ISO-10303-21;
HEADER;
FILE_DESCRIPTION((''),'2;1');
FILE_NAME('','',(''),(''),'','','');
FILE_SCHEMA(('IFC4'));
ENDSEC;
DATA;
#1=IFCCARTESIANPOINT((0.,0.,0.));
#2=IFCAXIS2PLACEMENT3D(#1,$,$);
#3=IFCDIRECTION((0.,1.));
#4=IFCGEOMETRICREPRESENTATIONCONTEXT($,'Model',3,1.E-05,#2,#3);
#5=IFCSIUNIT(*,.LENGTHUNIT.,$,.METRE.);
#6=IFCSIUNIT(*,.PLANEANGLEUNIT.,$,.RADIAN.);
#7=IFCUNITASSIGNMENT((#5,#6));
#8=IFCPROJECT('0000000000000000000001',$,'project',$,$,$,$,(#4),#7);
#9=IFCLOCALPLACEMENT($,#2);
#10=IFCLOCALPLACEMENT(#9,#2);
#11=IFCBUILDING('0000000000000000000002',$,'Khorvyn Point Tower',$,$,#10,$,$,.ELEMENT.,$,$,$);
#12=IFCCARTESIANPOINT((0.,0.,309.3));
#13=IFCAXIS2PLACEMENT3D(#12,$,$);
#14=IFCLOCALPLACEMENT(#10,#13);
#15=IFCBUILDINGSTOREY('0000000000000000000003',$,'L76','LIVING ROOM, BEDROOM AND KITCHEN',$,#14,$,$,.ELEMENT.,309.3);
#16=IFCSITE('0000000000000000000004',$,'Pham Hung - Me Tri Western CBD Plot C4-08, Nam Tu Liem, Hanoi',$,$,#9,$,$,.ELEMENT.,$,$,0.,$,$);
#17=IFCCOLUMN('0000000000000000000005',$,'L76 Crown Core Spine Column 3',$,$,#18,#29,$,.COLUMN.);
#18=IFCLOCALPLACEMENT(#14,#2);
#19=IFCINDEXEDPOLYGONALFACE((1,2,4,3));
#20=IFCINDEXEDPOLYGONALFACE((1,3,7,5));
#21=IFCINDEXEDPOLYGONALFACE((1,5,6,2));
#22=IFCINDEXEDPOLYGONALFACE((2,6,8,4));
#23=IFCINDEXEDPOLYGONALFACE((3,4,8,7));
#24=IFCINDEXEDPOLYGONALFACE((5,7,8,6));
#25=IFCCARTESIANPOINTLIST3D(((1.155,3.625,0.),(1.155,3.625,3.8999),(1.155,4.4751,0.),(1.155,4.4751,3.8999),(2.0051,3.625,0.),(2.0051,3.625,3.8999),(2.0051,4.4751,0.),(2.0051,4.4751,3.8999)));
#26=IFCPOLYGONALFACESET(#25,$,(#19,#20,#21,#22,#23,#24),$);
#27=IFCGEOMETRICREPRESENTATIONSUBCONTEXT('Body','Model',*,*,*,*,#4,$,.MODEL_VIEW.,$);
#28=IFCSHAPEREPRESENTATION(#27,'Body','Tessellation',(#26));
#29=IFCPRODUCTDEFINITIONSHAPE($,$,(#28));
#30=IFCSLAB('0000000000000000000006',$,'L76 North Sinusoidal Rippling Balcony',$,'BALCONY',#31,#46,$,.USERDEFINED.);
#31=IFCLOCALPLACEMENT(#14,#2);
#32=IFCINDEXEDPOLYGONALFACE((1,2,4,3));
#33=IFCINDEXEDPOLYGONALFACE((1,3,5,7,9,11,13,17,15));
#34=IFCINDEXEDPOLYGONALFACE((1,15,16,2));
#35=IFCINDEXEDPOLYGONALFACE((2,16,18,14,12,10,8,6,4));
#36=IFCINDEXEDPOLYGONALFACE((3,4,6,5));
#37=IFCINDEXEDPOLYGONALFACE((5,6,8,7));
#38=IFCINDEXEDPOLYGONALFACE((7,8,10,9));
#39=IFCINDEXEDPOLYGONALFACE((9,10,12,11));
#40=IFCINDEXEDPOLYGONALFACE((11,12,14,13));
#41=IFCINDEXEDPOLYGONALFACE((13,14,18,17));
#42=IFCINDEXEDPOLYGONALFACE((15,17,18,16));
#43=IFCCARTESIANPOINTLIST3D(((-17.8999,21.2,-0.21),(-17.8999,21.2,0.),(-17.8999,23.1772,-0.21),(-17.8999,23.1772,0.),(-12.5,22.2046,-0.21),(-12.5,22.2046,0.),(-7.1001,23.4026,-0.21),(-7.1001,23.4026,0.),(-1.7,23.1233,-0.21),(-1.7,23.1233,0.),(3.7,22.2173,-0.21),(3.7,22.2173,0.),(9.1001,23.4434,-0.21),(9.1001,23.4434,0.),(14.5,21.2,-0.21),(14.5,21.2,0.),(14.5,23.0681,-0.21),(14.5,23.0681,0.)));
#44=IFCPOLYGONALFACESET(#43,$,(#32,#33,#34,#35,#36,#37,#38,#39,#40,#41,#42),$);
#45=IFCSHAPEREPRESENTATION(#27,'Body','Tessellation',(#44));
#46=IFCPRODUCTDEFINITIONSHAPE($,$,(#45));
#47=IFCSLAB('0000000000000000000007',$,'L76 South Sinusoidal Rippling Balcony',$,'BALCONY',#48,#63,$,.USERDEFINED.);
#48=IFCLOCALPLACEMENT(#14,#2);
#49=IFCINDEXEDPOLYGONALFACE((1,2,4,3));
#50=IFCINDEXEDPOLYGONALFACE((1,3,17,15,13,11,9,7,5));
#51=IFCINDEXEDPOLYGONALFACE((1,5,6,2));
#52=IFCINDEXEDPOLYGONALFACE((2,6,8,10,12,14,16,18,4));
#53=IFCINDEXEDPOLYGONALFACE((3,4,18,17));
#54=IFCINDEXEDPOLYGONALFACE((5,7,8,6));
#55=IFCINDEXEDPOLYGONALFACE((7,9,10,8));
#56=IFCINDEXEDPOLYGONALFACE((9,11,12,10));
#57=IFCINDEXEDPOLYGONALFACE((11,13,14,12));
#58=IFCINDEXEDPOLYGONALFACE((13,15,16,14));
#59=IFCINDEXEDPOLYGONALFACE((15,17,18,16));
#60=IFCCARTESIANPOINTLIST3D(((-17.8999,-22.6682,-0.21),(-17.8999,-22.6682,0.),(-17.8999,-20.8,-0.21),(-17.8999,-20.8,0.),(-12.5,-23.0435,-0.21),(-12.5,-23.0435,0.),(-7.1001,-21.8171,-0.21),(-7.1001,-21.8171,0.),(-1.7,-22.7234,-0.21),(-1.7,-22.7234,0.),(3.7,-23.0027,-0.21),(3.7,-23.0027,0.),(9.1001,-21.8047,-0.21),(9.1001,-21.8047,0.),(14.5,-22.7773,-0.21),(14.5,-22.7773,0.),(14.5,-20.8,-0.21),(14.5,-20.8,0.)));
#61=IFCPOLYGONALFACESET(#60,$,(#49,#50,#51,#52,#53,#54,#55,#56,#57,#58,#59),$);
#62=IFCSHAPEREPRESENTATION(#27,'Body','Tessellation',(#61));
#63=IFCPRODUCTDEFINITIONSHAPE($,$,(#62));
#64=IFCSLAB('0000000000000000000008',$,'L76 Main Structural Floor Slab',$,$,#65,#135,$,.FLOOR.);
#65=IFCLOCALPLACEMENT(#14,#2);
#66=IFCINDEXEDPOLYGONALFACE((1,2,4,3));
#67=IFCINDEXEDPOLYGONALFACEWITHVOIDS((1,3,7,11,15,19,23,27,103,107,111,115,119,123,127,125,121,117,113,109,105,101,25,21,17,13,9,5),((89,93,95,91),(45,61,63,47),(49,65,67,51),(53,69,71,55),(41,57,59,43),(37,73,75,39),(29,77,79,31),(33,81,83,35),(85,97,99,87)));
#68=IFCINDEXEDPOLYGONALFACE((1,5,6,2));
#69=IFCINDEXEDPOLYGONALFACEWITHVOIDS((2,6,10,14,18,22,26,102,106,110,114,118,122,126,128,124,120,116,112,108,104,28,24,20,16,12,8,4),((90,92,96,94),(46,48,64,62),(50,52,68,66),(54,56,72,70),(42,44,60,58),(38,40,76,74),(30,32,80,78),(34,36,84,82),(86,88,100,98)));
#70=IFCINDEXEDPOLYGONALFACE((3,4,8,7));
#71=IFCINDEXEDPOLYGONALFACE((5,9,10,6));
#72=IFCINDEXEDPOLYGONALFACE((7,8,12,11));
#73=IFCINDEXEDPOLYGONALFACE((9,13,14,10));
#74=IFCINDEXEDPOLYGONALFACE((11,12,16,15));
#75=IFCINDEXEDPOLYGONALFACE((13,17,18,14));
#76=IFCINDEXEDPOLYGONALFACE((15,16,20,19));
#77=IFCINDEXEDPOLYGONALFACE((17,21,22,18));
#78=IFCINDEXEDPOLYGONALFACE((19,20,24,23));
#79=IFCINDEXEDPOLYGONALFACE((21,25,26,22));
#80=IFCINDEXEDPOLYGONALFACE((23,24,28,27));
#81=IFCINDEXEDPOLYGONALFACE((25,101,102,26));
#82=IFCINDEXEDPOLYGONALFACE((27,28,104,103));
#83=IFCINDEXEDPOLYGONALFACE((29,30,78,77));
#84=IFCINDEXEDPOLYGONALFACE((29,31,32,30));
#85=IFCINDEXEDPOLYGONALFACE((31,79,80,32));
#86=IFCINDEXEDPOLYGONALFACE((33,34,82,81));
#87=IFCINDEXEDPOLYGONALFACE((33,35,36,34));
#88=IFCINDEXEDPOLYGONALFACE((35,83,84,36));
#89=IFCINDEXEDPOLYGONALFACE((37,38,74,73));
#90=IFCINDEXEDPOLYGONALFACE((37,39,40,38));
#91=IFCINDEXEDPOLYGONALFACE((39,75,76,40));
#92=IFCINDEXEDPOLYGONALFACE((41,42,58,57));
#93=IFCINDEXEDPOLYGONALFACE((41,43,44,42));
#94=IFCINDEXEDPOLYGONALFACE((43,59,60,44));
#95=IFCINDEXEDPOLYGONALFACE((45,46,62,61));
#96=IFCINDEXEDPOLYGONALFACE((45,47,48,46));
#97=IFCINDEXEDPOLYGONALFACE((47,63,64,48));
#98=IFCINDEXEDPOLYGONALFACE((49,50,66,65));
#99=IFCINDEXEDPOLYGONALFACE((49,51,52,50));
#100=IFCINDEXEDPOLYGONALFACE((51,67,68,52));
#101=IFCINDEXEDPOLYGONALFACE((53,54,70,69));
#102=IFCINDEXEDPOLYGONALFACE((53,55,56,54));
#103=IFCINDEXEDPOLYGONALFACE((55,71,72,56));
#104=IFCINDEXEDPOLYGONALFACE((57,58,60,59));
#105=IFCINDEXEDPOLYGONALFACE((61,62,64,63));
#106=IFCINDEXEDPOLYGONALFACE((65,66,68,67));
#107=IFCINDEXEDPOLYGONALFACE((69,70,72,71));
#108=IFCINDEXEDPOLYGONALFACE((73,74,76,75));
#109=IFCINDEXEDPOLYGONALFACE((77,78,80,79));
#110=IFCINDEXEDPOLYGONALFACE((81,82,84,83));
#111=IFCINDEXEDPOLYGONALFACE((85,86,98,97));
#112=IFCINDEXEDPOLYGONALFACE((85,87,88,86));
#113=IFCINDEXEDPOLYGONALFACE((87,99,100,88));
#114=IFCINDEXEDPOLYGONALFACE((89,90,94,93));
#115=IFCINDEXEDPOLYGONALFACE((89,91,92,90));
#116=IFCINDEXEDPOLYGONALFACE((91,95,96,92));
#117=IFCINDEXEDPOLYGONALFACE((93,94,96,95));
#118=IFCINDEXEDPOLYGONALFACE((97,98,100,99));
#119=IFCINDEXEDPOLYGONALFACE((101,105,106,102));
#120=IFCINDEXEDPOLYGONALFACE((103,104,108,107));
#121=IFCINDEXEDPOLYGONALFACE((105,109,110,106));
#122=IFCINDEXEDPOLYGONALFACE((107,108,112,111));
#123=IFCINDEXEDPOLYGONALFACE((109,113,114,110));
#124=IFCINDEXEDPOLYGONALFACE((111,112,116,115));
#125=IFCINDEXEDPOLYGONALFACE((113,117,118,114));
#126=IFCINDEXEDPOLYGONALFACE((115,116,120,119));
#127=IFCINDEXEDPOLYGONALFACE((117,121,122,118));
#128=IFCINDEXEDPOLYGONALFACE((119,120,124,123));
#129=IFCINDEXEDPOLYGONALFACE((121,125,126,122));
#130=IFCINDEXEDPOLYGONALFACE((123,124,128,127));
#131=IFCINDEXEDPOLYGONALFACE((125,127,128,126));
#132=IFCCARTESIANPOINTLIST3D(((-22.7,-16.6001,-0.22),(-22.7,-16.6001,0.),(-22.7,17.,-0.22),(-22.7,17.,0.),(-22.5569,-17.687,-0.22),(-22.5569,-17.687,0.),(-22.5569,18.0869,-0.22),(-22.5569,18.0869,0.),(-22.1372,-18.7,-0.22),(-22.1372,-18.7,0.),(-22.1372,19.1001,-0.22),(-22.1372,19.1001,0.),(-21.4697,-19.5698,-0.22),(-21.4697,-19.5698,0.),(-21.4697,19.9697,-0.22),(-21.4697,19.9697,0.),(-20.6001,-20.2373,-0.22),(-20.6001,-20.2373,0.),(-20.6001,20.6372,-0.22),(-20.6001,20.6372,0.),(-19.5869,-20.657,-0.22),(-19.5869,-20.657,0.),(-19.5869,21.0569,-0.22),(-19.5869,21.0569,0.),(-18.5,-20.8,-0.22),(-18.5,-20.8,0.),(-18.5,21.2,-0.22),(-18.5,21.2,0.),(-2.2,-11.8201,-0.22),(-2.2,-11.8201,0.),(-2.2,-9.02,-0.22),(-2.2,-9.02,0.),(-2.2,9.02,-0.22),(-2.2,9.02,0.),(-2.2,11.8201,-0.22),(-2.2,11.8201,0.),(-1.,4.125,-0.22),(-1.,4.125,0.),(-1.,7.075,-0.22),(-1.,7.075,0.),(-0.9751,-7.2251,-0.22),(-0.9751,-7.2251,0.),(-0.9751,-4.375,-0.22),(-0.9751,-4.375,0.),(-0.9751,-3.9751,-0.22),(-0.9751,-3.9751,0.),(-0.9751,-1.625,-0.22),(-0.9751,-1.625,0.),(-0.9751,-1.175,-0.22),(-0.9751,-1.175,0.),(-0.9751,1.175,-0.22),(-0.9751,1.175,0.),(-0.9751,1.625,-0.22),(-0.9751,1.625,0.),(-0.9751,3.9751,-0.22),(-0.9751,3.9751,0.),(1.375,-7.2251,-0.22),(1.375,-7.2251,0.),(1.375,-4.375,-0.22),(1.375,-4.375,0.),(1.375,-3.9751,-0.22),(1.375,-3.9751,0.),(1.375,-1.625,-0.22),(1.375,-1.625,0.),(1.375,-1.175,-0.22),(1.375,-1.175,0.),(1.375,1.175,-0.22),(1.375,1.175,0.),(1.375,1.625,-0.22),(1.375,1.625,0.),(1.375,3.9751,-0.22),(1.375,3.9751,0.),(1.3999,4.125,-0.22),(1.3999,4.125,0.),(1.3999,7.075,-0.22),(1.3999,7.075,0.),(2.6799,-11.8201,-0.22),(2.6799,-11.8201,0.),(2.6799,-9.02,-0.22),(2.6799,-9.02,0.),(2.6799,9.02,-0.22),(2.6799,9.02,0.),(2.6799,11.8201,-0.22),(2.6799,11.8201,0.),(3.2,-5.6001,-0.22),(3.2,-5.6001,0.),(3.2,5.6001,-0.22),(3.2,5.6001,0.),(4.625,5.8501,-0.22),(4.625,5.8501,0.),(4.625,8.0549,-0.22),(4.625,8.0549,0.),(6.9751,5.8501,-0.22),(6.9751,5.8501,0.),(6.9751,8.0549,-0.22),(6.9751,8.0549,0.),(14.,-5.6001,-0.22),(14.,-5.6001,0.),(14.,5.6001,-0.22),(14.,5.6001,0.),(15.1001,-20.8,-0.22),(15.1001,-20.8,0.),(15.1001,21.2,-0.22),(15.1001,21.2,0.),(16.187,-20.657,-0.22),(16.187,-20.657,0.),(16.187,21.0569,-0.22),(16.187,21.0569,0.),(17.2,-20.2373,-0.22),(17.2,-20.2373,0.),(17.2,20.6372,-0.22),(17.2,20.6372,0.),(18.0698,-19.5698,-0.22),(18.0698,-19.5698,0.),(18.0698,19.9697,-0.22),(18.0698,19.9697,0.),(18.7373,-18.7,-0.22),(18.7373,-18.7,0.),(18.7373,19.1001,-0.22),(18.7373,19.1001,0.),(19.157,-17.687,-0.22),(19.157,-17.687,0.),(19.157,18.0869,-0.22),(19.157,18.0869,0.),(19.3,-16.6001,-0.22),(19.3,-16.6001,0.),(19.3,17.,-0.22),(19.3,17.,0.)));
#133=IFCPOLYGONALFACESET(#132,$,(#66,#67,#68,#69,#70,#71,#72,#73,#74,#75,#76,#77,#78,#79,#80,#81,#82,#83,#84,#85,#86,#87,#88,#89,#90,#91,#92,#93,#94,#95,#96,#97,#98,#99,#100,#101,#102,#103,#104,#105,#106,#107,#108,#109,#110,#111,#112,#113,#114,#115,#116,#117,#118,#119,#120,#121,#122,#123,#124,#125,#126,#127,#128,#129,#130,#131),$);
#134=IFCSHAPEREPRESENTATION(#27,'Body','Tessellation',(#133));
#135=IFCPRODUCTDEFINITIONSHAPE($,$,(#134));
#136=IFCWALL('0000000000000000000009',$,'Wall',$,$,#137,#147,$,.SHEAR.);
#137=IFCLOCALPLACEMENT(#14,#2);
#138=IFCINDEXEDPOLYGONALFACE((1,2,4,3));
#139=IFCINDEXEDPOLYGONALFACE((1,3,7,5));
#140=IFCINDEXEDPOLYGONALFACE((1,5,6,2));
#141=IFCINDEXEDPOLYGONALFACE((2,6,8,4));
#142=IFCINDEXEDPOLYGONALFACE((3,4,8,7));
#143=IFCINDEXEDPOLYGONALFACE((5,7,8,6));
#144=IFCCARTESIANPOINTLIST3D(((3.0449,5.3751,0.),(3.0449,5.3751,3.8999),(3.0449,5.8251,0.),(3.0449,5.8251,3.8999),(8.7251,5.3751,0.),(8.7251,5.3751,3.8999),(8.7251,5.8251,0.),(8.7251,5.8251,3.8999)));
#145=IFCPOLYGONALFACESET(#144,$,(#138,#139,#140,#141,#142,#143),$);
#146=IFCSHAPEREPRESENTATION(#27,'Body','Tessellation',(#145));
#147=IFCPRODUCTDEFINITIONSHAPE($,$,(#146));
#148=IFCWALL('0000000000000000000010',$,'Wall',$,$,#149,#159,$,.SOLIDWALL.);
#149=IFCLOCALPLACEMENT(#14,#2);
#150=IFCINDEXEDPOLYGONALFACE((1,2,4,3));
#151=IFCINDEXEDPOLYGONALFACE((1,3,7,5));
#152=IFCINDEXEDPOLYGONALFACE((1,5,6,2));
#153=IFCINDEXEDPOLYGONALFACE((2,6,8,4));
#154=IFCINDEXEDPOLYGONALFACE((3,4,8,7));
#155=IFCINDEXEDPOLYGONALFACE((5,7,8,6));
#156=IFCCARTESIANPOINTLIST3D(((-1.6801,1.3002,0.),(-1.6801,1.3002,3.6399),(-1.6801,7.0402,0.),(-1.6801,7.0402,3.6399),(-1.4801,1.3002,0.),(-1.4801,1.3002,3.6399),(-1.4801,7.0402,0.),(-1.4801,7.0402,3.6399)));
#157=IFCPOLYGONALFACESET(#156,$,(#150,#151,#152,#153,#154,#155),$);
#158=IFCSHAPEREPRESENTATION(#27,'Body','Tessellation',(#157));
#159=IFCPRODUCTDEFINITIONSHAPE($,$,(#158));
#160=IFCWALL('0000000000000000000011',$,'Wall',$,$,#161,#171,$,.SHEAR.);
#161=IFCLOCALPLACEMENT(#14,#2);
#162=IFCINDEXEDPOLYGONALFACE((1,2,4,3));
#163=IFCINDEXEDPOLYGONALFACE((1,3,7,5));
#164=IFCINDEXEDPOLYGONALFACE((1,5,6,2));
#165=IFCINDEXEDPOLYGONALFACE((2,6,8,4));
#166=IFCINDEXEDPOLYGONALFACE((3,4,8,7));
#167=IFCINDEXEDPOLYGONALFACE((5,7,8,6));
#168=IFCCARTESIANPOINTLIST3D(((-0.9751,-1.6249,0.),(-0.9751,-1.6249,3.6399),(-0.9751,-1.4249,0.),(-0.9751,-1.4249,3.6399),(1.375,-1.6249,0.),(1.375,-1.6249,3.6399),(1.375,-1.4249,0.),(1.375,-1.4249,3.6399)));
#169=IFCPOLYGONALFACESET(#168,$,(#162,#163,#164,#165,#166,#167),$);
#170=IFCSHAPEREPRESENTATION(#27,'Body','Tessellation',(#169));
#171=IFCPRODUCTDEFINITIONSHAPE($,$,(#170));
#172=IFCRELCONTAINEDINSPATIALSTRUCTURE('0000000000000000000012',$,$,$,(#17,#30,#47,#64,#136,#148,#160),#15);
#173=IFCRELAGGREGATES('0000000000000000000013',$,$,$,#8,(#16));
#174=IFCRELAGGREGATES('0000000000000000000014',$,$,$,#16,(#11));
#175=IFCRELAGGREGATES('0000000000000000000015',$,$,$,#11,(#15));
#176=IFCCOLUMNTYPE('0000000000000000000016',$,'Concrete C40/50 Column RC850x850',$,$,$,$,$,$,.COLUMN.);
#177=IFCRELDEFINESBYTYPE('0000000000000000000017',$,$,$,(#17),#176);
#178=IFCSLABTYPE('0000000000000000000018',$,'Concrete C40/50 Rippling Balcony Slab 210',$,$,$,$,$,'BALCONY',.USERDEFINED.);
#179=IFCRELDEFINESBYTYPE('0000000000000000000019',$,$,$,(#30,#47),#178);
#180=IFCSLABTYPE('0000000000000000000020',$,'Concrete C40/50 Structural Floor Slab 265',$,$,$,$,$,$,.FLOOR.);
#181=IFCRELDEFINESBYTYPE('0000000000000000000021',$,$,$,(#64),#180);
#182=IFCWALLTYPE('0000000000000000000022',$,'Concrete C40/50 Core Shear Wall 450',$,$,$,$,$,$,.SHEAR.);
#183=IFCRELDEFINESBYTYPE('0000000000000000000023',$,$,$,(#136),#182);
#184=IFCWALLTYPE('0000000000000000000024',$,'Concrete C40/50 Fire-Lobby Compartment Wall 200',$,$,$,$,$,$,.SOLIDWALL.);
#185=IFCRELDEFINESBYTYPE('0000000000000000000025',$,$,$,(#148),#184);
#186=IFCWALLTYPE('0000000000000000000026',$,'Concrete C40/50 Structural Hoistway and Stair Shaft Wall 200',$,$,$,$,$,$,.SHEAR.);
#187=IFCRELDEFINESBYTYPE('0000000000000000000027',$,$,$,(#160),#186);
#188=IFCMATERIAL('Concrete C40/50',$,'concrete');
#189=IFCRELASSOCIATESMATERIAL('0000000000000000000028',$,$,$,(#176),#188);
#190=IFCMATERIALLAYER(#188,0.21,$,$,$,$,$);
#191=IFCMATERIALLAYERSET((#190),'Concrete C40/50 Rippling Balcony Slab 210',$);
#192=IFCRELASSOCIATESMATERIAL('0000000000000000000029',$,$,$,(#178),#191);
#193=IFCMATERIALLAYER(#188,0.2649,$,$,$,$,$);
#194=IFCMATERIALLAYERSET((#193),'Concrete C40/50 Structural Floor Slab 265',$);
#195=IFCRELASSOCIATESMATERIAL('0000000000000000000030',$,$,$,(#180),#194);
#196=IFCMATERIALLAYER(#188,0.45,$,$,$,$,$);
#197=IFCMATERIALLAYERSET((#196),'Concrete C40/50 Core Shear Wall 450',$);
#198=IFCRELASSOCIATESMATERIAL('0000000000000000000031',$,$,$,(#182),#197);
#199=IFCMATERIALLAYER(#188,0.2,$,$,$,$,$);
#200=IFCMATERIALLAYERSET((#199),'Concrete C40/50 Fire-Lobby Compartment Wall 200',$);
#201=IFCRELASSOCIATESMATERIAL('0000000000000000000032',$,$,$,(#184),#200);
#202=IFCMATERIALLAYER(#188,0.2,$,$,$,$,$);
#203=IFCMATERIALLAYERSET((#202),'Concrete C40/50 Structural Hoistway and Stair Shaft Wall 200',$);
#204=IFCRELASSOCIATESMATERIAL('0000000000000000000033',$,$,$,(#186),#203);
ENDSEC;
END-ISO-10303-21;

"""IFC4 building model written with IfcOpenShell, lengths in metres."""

from ifc_helpers import new_model, si_unit, direction, frame, frame_2d, origin, origin_2d, place, context, subcontext, project, spatial, polyline, rectangle, outline, extrude, material, layer, layer_set, material_profile, profile_set, type_object, element, save


model = new_model("IFC4")

# Units and contexts
model_context = context("Model", 3, precision=1e-05, world=origin(), true_north=direction((0.0, 1.0)))
body_context = subcontext(model_context, "Body", "Model", "MODEL_VIEW")
ifc_project = project(units=[si_unit("LENGTHUNIT", "METRE"), si_unit("PLANEANGLEUNIT", "RADIAN")], contexts=[model_context])

# Site, building, storey
site_placement = place(None, origin())
site = spatial("IfcSite", under=ifc_project, at=site_placement, Name="Pham Hung - Me Tri Western CBD Plot C4-08, Nam Tu Liem, Hanoi", CompositionType="ELEMENT", RefElevation=0.0)
building_placement = place(site_placement, origin())
building = spatial("IfcBuilding", under=site, at=building_placement, Name="Khorvyn Point Tower", CompositionType="ELEMENT")
storey_placement = place(building_placement, frame((0.0, 0.0, 309.3)))
storey = spatial("IfcBuildingStorey", under=building, at=storey_placement, Name="L76", Description="LIVING ROOM, BEDROOM AND KITCHEN", CompositionType="ELEMENT", Elevation=309.3)

# Column
ifc_material_1 = material(Name="Concrete C40/50", Category="concrete")
ifc_material_profile = material_profile(ifc_material_1, rectangle(XDim=0.8501, YDim=0.8501, at=origin_2d()))
ifc_profile_set = profile_set([ifc_material_profile], Name="Concrete C40/50 RC850x850")
column_type = type_object("IfcColumnType", Name="Concrete C40/50 Column RC850x850", PredefinedType="COLUMN", material=ifc_profile_set)
column_placement = place(storey_placement, frame((1.5801, 4.05, 0.0), z_axis=(0.0, 0.0, 1.0), x_axis=(1.0, 0.0, 0.0)))
element("IfcColumn", 1, at=column_placement, inside=storey, type_object=column_type, Name="L76 Crown Core Spine Column 3", PredefinedType="COLUMN", context=body_context, shape_type="SweptSolid", body=[
    extrude(rectangle(XDim=0.8501, YDim=0.8501, at=origin_2d()), origin(), (0.0, 0.0, 1.0), 3.8999),
])

# Slabs
ifc_layer_1 = layer(ifc_material_1, 0.21)
ifc_layer_set_1 = layer_set([ifc_layer_1], Name="Concrete C40/50 Rippling Balcony Slab 210")
slab_type_1 = type_object("IfcSlabType", Name="Concrete C40/50 Rippling Balcony Slab 210", ElementType="BALCONY", PredefinedType="USERDEFINED", material=ifc_layer_set_1)
slab_1_placement = place(storey_placement, frame((0.0, 0.0, -0.21)))
element("IfcSlab", 2, at=slab_1_placement, inside=storey, type_object=slab_type_1, Name="L76 North Sinusoidal Rippling Balcony", ObjectType="BALCONY", PredefinedType="USERDEFINED", context=body_context, shape_type="SweptSolid", body=[
    extrude(outline(polyline([(14.5, 21.2), (14.5, 23.0681), (9.1001, 23.4434), (3.7, 22.2173), (-1.7, 23.1233), (-7.1001, 23.4026), (-12.5, 22.2046), (-17.8999, 23.1772), (-17.8999, 21.2), (14.5, 21.2)])), origin(), (0.0, 0.0, 1.0), 0.21),
])
slab_2_placement = place(storey_placement, frame((0.0, 0.0, -0.21)))
element("IfcSlab", 3, at=slab_2_placement, inside=storey, type_object=slab_type_1, Name="L76 South Sinusoidal Rippling Balcony", ObjectType="BALCONY", PredefinedType="USERDEFINED", context=body_context, shape_type="SweptSolid", body=[
    extrude(outline(polyline([(-17.8999, -20.8), (-17.8999, -22.6682), (-12.5, -23.0435), (-7.1001, -21.8171), (-1.7, -22.7234), (3.7, -23.0027), (9.1001, -21.8047), (14.5, -22.7773), (14.5, -20.8), (-17.8999, -20.8)])), origin(), (0.0, 0.0, 1.0), 0.21),
])
ifc_layer_2 = layer(ifc_material_1, 0.2649)
ifc_layer_set_2 = layer_set([ifc_layer_2], Name="Concrete C40/50 Structural Floor Slab 265")
slab_type_2 = type_object("IfcSlabType", Name="Concrete C40/50 Structural Floor Slab 265", PredefinedType="FLOOR", material=ifc_layer_set_2)
slab_3_placement = place(storey_placement, frame((0.0, 0.0, -0.22)))
element("IfcSlab", 4, at=slab_3_placement, inside=storey, type_object=slab_type_2, Name="L76 Main Structural Floor Slab", PredefinedType="FLOOR", context=body_context, shape_type="SweptSolid", body=[
    extrude(outline(polyline([(-18.5, -20.8), (-19.5869, -20.657), (-20.6001, -20.2373), (-21.4697, -19.5698), (-22.1372, -18.7), (-22.5569, -17.687), (-22.7, -16.6001), (-22.7, 17.0), (-22.5569, 18.0869), (-22.1372, 19.1001), (-21.4697, 19.9697), (-20.6001, 20.6372), (-19.5869, 21.0569), (-18.5, 21.2), (15.1001, 21.2), (16.187, 21.0569), (17.2, 20.6372), (18.0698, 19.9697), (18.7373, 19.1001), (19.157, 18.0869), (19.3, 17.0), (19.3, -16.6001), (19.157, -17.687), (18.7373, -18.7), (18.0698, -19.5698), (17.2, -20.2373), (16.187, -20.657), (15.1001, -20.8), (-18.5, -20.8)]), holes=[polyline([(2.6799, -11.8201), (2.6799, -9.02), (-2.2, -9.02), (-2.2, -11.8201), (2.6799, -11.8201)]), polyline([(1.375, -7.2251), (1.375, -4.375), (-0.9751, -4.375), (-0.9751, -7.2251), (1.375, -7.2251)]), polyline([(1.375, -3.9751), (1.375, -1.625), (-0.9751, -1.625), (-0.9751, -3.9751), (1.375, -3.9751)]), polyline([(1.375, -1.175), (1.375, 1.175), (-0.9751, 1.175), (-0.9751, -1.175), (1.375, -1.175)]), polyline([(14.0, -5.6001), (14.0, 5.6001), (3.2, 5.6001), (3.2, -5.6001), (14.0, -5.6001)]), polyline([(1.375, 1.625), (1.375, 3.9751), (-0.9751, 3.9751), (-0.9751, 1.625), (1.375, 1.625)]), polyline([(1.3999, 4.125), (1.3999, 7.075), (-1.0, 7.075), (-1.0, 4.125), (1.3999, 4.125)]), polyline([(4.625, 5.8501), (6.9751, 5.8501), (6.9751, 8.0549), (4.625, 8.0549), (4.625, 5.8501)]), polyline([(-2.2, 9.02), (2.6799, 9.02), (2.6799, 11.8201), (-2.2, 11.8201), (-2.2, 9.02)])]), origin(), (0.0, 0.0, 1.0), 0.22),
])

# Walls
ifc_layer_3 = layer(ifc_material_1, 0.45)
ifc_layer_set_3 = layer_set([ifc_layer_3], Name="Concrete C40/50 Core Shear Wall 450")
wall_type_1 = type_object("IfcWallType", Name="Concrete C40/50 Core Shear Wall 450", PredefinedType="SHEAR", material=ifc_layer_set_3)
wall_1_placement = place(storey_placement, frame((3.0449, 5.6001, 0.0), z_axis=(0.0, 0.0, 1.0), x_axis=(1.0, 0.0, 0.0)))
element("IfcWall", 5, at=wall_1_placement, inside=storey, type_object=wall_type_1, Name="Wall", PredefinedType="SHEAR", context=body_context, shape_type="SweptSolid", body=[
    extrude(rectangle(XDim=5.6802, YDim=0.45, at=frame_2d((2.8401, 0.0))), origin(), (0.0, 0.0, 1.0), 3.8999),
])
ifc_layer_4 = layer(ifc_material_1, 0.2)
ifc_layer_set_4 = layer_set([ifc_layer_4], Name="Concrete C40/50 Fire-Lobby Compartment Wall 200")
wall_type_2 = type_object("IfcWallType", Name="Concrete C40/50 Fire-Lobby Compartment Wall 200", PredefinedType="SOLIDWALL", material=ifc_layer_set_4)
wall_2_placement = place(storey_placement, frame((-1.5801, 1.3, 0.0), z_axis=(0.0, 0.0, 1.0), x_axis=(0.0, 1.0, 0.0)))
element("IfcWall", 6, at=wall_2_placement, inside=storey, type_object=wall_type_2, Name="Wall", PredefinedType="SOLIDWALL", context=body_context, shape_type="SweptSolid", body=[
    extrude(rectangle(XDim=5.74, YDim=0.2, at=frame_2d((2.8701, 0.0))), origin(), (0.0, 0.0, 1.0), 3.6399),
])

# Wall
ifc_layer_5 = layer(ifc_material_1, 0.2)
ifc_layer_set_5 = layer_set([ifc_layer_5], Name="Concrete C40/50 Structural Hoistway and Stair Shaft Wall 200")
wall_type_3 = type_object("IfcWallType", Name="Concrete C40/50 Structural Hoistway and Stair Shaft Wall 200", PredefinedType="SHEAR", material=ifc_layer_set_5)
wall_3_placement = place(storey_placement, frame((-0.9751, -1.5249, 0.0), z_axis=(0.0, 0.0, 1.0), x_axis=(1.0, 0.0, 0.0)))
element("IfcWall", 7, at=wall_3_placement, inside=storey, type_object=wall_type_3, Name="Wall", PredefinedType="SHEAR", context=body_context, shape_type="SweptSolid", body=[
    extrude(rectangle(XDim=2.3501, YDim=0.2, at=frame_2d((1.175, 0.0))), origin(), (0.0, 0.0, 1.0), 3.6399),
])

save(model, "model.ifc")
